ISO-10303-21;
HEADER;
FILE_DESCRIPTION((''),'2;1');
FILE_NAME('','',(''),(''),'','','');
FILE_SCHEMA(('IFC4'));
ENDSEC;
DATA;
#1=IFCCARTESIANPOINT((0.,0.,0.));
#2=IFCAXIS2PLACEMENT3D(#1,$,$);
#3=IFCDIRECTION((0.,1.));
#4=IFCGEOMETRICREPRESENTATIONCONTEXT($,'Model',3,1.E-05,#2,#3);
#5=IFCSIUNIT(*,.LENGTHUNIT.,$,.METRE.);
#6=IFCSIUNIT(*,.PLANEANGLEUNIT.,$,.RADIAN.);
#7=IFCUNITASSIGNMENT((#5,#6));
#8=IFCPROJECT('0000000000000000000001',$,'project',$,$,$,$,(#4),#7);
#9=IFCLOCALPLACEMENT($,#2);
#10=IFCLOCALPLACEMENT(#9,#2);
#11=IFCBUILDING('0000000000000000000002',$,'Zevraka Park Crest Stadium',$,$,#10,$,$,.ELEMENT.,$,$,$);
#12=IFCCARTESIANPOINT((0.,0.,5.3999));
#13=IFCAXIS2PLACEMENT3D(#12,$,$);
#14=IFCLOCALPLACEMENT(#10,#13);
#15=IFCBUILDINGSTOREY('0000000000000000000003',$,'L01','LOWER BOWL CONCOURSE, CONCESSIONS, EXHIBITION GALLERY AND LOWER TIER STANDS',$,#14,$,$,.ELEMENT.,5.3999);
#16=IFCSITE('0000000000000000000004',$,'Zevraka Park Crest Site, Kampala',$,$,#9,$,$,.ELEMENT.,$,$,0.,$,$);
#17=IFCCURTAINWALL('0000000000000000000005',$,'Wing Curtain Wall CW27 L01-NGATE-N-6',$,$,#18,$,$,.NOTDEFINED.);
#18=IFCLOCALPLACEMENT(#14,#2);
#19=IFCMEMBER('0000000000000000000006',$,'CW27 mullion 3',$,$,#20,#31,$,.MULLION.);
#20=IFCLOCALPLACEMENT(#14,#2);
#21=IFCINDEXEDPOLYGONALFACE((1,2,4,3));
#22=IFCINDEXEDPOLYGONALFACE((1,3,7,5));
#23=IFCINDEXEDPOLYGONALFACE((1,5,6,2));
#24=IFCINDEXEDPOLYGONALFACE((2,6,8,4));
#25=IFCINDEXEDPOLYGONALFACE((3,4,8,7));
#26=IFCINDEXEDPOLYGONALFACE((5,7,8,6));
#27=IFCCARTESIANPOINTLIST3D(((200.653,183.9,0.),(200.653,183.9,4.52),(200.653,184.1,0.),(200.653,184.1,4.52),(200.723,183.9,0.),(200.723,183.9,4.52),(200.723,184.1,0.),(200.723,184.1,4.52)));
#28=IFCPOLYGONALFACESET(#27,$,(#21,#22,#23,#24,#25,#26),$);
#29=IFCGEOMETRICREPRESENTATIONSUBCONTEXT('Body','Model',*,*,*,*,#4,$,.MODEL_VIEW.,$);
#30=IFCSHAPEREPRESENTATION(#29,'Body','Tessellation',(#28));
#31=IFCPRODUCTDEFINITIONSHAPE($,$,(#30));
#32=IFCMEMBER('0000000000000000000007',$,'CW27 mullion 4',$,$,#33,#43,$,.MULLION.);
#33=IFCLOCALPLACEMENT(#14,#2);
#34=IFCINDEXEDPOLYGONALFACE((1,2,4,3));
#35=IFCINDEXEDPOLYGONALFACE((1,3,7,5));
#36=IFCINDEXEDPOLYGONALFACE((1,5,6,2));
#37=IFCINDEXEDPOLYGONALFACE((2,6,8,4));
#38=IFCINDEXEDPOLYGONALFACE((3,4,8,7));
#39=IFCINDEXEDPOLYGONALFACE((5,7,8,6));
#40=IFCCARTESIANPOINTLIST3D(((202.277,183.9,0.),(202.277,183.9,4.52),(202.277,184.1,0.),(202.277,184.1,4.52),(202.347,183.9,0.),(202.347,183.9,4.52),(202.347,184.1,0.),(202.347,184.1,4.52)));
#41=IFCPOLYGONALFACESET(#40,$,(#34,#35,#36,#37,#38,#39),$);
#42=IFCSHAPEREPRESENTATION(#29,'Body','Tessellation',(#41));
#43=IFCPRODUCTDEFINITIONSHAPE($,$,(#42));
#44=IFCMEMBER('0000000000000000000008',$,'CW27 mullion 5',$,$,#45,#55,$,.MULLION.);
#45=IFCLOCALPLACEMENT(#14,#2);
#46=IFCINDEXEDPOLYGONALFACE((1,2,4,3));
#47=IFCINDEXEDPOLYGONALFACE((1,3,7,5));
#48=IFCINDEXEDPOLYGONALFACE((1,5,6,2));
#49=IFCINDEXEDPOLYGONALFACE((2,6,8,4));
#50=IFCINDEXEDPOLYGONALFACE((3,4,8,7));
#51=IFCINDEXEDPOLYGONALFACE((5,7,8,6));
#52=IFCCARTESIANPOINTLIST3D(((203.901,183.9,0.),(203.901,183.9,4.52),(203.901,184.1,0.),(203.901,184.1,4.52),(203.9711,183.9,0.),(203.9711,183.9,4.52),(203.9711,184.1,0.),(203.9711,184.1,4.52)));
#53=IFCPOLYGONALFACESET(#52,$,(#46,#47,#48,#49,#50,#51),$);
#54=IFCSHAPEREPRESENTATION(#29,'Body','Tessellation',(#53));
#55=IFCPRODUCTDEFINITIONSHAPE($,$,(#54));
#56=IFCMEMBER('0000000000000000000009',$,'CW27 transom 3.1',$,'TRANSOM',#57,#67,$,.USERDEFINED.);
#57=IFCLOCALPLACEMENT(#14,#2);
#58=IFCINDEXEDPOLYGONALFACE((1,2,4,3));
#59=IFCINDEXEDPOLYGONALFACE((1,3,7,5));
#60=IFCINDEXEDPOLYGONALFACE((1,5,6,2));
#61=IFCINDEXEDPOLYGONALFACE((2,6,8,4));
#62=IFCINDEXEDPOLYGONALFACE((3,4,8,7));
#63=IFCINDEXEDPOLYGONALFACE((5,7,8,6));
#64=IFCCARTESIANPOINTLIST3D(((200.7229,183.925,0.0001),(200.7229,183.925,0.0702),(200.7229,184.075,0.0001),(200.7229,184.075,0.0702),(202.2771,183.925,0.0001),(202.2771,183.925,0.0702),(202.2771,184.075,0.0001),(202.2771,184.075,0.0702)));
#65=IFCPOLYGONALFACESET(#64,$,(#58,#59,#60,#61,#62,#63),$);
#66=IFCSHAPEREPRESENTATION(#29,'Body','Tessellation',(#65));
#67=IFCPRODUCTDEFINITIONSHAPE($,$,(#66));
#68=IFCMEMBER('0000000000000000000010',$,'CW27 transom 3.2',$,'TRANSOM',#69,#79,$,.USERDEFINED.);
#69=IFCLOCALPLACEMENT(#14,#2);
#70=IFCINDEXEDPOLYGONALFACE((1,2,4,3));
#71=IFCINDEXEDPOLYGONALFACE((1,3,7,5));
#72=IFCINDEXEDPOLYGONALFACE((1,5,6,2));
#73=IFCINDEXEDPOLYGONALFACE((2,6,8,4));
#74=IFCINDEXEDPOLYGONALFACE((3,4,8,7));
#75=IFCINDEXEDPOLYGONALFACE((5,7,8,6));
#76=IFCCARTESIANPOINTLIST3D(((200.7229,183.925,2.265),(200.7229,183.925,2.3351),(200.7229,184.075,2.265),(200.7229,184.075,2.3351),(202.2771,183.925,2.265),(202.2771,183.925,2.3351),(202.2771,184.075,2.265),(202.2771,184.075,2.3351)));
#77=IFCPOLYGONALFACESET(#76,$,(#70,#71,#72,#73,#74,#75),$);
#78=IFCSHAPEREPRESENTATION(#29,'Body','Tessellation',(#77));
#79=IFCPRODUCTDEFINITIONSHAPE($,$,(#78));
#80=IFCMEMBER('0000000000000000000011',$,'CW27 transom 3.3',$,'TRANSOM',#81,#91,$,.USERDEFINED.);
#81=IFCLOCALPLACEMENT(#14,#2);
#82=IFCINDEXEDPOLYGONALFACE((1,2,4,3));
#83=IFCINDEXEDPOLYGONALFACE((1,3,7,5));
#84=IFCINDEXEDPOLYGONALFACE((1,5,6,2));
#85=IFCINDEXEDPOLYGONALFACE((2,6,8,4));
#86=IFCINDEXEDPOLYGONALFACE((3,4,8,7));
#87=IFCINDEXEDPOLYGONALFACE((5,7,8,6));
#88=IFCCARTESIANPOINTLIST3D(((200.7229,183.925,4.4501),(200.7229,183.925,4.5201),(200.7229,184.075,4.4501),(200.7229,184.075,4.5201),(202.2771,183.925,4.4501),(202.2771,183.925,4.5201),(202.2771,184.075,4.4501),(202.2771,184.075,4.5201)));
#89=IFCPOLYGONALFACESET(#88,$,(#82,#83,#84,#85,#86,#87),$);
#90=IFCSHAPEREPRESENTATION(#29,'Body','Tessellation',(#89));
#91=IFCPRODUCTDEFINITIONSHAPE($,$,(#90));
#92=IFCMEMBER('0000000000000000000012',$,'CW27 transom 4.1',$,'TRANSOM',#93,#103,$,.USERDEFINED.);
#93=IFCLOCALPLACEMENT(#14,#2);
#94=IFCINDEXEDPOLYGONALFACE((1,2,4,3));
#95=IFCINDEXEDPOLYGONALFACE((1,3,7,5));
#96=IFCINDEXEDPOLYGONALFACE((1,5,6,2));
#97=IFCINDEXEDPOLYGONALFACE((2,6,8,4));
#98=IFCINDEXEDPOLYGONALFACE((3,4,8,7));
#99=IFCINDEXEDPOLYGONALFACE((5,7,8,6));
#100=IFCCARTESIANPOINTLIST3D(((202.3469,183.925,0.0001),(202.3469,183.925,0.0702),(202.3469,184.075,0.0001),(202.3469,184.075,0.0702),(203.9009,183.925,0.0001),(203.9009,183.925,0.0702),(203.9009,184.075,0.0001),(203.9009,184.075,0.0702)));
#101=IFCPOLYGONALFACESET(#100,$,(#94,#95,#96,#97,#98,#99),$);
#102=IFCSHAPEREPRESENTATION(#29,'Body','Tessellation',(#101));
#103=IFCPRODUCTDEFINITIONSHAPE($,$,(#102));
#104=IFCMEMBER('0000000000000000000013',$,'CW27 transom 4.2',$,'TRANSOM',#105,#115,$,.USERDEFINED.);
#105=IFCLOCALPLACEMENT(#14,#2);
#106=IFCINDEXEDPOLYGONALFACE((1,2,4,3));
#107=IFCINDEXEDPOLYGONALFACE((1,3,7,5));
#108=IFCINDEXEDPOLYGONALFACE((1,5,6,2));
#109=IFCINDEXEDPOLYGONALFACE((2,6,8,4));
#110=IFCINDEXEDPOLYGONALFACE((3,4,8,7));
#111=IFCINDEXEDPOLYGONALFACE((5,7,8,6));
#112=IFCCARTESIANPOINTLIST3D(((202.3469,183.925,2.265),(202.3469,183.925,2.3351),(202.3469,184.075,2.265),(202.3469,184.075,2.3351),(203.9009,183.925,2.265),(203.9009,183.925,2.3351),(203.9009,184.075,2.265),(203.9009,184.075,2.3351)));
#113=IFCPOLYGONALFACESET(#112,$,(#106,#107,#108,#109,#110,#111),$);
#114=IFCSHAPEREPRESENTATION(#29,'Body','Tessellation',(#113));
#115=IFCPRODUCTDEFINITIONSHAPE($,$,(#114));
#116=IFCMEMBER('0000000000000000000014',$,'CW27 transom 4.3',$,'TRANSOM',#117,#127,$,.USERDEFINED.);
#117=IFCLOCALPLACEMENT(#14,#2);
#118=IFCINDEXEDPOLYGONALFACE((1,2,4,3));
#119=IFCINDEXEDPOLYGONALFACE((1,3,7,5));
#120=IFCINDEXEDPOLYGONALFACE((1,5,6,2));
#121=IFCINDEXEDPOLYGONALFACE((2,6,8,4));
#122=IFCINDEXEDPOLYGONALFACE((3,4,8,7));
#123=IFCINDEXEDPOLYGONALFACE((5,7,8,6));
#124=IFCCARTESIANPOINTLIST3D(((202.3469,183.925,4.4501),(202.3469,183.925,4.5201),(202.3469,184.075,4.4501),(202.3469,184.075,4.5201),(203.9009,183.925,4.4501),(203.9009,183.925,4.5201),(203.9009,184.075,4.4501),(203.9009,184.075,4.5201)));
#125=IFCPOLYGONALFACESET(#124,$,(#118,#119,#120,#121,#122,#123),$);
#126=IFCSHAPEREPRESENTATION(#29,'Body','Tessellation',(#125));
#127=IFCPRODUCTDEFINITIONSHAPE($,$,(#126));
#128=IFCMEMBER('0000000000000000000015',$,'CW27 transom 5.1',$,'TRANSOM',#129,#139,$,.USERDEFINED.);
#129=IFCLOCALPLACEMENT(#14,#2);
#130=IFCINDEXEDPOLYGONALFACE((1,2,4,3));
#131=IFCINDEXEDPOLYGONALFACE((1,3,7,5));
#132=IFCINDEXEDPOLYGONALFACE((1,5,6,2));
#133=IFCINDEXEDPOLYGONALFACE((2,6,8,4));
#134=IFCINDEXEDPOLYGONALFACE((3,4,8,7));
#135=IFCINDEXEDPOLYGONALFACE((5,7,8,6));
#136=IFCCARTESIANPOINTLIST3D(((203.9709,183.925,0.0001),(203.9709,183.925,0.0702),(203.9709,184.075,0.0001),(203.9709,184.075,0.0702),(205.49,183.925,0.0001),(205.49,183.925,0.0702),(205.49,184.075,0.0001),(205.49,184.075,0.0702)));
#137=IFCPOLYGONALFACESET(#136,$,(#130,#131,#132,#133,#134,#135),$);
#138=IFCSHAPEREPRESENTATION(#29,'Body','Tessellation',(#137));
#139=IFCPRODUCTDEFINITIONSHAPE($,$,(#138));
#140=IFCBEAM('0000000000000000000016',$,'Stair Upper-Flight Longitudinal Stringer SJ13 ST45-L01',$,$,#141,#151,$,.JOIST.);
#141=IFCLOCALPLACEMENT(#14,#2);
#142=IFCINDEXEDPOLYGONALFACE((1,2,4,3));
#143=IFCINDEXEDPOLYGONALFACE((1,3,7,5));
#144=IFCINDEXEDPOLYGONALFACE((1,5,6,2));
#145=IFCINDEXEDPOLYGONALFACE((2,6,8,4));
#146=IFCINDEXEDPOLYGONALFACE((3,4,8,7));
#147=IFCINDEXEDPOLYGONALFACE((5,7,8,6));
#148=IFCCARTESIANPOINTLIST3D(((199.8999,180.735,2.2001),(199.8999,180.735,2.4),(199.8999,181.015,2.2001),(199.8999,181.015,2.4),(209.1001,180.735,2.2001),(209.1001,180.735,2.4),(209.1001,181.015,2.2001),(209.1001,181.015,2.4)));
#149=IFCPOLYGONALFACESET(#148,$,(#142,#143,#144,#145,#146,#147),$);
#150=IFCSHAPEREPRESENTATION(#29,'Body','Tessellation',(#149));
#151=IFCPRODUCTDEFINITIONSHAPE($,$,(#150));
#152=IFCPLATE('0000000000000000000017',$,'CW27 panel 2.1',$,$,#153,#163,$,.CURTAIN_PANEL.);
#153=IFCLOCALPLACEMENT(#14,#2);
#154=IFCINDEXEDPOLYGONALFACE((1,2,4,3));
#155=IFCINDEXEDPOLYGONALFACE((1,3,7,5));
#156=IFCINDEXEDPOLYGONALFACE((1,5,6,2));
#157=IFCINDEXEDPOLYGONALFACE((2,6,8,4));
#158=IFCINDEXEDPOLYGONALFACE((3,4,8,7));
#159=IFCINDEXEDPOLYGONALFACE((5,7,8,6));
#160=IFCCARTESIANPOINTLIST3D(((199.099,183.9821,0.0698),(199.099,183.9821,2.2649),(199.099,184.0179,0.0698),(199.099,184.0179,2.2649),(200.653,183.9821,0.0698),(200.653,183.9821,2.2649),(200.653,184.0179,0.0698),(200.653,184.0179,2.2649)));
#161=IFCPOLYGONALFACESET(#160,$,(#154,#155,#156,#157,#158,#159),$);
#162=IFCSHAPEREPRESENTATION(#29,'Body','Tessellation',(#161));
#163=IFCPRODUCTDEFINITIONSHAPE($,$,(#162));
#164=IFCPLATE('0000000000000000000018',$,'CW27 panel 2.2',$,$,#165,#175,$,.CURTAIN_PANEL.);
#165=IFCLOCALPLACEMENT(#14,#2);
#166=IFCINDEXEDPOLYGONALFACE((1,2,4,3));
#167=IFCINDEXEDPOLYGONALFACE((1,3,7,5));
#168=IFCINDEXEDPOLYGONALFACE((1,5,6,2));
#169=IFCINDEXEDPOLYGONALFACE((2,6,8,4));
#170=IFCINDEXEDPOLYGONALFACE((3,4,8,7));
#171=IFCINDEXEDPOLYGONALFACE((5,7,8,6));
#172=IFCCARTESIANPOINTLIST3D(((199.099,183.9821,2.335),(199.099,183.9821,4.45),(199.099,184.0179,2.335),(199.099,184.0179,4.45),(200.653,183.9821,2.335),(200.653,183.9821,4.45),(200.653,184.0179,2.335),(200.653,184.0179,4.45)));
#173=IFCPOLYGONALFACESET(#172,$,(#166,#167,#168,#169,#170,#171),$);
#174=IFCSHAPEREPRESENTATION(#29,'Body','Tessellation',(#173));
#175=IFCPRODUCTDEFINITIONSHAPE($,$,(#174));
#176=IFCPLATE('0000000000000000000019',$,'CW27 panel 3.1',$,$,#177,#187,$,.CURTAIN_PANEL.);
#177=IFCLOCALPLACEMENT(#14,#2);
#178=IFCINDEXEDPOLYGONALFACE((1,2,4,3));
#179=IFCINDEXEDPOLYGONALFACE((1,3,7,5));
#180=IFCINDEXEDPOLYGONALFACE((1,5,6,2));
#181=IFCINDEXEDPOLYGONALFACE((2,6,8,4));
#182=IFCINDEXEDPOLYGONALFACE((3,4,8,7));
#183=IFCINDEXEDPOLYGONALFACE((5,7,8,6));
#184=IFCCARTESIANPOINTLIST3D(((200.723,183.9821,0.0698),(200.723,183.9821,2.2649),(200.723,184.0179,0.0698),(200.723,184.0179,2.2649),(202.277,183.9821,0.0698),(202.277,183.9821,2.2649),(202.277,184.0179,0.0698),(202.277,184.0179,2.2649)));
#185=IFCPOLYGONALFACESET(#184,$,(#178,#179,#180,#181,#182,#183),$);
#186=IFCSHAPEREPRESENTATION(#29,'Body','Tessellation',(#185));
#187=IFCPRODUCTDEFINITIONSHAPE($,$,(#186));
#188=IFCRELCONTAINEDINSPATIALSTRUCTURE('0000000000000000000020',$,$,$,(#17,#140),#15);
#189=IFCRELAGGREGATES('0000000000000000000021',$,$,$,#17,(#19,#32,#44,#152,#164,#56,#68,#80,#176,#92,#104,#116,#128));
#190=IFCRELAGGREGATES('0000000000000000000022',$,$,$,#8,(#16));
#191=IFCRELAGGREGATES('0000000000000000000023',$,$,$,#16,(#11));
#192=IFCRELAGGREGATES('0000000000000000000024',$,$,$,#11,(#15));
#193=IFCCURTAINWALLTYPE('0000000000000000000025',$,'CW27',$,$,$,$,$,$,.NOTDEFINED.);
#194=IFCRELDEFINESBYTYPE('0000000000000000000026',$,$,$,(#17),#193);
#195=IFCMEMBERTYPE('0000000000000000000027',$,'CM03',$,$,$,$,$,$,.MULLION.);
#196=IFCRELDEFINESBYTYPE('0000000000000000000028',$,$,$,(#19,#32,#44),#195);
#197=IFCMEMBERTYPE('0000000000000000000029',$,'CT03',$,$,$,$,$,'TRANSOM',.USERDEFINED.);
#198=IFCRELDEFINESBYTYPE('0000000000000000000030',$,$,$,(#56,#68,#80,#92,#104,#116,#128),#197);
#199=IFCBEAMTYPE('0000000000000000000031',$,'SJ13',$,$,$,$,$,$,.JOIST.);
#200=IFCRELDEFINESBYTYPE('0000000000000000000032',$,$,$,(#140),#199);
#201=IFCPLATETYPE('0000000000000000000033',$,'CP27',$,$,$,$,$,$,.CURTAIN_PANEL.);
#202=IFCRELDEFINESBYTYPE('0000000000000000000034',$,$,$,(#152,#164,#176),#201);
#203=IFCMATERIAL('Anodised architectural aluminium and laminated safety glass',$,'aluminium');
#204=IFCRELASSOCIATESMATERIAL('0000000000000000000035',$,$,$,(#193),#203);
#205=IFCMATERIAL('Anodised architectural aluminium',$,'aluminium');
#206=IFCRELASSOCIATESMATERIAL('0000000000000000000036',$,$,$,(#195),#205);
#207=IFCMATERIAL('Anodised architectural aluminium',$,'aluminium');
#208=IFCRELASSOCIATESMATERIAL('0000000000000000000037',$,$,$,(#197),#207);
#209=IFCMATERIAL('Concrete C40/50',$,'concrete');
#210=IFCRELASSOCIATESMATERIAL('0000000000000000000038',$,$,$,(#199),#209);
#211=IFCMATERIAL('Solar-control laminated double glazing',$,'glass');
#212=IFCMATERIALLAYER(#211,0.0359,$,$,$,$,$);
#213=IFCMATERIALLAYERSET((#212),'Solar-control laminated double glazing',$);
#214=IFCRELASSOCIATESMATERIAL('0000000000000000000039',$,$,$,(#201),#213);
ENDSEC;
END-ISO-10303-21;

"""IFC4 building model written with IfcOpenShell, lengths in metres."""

from ifc_helpers import new_model, si_unit, direction, frame, origin, origin_2d, place, context, subcontext, project, spatial, rectangle, extrude, material, layer, layer_set, material_profile, profile_set, type_object, element, aggregate, save


model = new_model("IFC4")

# Units and contexts
model_context = context("Model", 3, precision=1e-05, world=origin(), true_north=direction((0.0, 1.0)))
body_context = subcontext(model_context, "Body", "Model", "MODEL_VIEW")
ifc_project = project(units=[si_unit("LENGTHUNIT", "METRE"), si_unit("PLANEANGLEUNIT", "RADIAN")], contexts=[model_context])

# Site, building, storey
site_placement = place(None, origin())
site = spatial("IfcSite", under=ifc_project, at=site_placement, Name="Zevraka Park Crest Site, Kampala", CompositionType="ELEMENT", RefElevation=0.0)
building_placement = place(site_placement, origin())
building = spatial("IfcBuilding", under=site, at=building_placement, Name="Zevraka Park Crest Stadium", CompositionType="ELEMENT")
storey_placement = place(building_placement, frame((0.0, 0.0, 5.3999)))
storey = spatial("IfcBuildingStorey", under=building, at=storey_placement, Name="L01", Description="LOWER BOWL CONCOURSE, CONCESSIONS, EXHIBITION GALLERY AND LOWER TIER STANDS", CompositionType="ELEMENT", Elevation=5.3999)

# Curtain wall, members
ifc_material_1 = material(Name="Anodised architectural aluminium and laminated safety glass", Category="aluminium")
curtain_wall_type = type_object("IfcCurtainWallType", Name="CW27", PredefinedType="NOTDEFINED", material=ifc_material_1)
curtain_wall_placement = place(storey_placement, origin())
curtain_wall = element("IfcCurtainWall", 1, at=curtain_wall_placement, inside=storey, type_object=curtain_wall_type, Name="Wing Curtain Wall CW27 L01-NGATE-N-6", PredefinedType="NOTDEFINED")
ifc_material_2 = material(Name="Anodised architectural aluminium", Category="aluminium")
ifc_material_profile_1 = material_profile(ifc_material_2, rectangle(XDim=0.2, YDim=0.0701, at=origin_2d()), Name="ALU MULLION 200x70")
ifc_profile_set_1 = profile_set([ifc_material_profile_1], Name="Anodised architectural aluminium")
member_type_1 = type_object("IfcMemberType", Name="CM03", PredefinedType="MULLION", material=ifc_profile_set_1)
member_1_placement = place(storey_placement, frame((200.688, 184.0, 0.0), z_axis=(0.0, 0.0, 1.0), x_axis=(0.0, 1.0, 0.0)))
member_1 = element("IfcMember", 2, at=member_1_placement, type_object=member_type_1, Name="CW27 mullion 3", PredefinedType="MULLION", context=body_context, shape_type="SweptSolid", body=[
    extrude(rectangle(XDim=0.2, YDim=0.0701, at=origin_2d()), origin(), (0.0, 0.0, 1.0), 4.52),
])
member_2_placement = place(storey_placement, frame((202.312, 184.0, 0.0), z_axis=(0.0, 0.0, 1.0), x_axis=(0.0, 1.0, 0.0)))
member_2 = element("IfcMember", 3, at=member_2_placement, type_object=member_type_1, Name="CW27 mullion 4", PredefinedType="MULLION", context=body_context, shape_type="SweptSolid", body=[
    extrude(rectangle(XDim=0.2, YDim=0.0701, at=origin_2d()), origin(), (0.0, 0.0, 1.0), 4.52),
])
member_3_placement = place(storey_placement, frame((203.936, 184.0, 0.0), z_axis=(0.0, 0.0, 1.0), x_axis=(0.0, 1.0, 0.0)))
member_3 = element("IfcMember", 4, at=member_3_placement, type_object=member_type_1, Name="CW27 mullion 5", PredefinedType="MULLION", context=body_context, shape_type="SweptSolid", body=[
    extrude(rectangle(XDim=0.2, YDim=0.0701, at=origin_2d()), origin(), (0.0, 0.0, 1.0), 4.52),
])
ifc_material_3 = material(Name="Anodised architectural aluminium", Category="aluminium")
ifc_material_profile_2 = material_profile(ifc_material_3, rectangle(XDim=0.1499, YDim=0.0701, at=origin_2d()), Name="ALU TRANSOM 150x70")
ifc_profile_set_2 = profile_set([ifc_material_profile_2], Name="Anodised architectural aluminium")
member_type_2 = type_object("IfcMemberType", Name="CT03", ElementType="TRANSOM", PredefinedType="USERDEFINED", material=ifc_profile_set_2)
member_4_placement = place(storey_placement, frame((200.7229, 184.0, 0.0352), z_axis=(1.0, 0.0, 0.0), x_axis=(0.0, 1.0, 0.0)))
member_4 = element("IfcMember", 5, at=member_4_placement, type_object=member_type_2, Name="CW27 transom 3.1", ObjectType="TRANSOM", PredefinedType="USERDEFINED", context=body_context, shape_type="SweptSolid", body=[
    extrude(rectangle(XDim=0.1499, YDim=0.0701, at=origin_2d()), origin(), (0.0, 0.0, 1.0), 1.5542),
])
member_5_placement = place(storey_placement, frame((200.7229, 184.0, 2.3), z_axis=(1.0, 0.0, 0.0), x_axis=(0.0, 1.0, 0.0)))
member_5 = element("IfcMember", 6, at=member_5_placement, type_object=member_type_2, Name="CW27 transom 3.2", ObjectType="TRANSOM", PredefinedType="USERDEFINED", context=body_context, shape_type="SweptSolid", body=[
    extrude(rectangle(XDim=0.1499, YDim=0.0701, at=origin_2d()), origin(), (0.0, 0.0, 1.0), 1.5542),
])
member_6_placement = place(storey_placement, frame((200.7229, 184.0, 4.4851), z_axis=(1.0, 0.0, 0.0), x_axis=(0.0, 1.0, 0.0)))
member_6 = element("IfcMember", 7, at=member_6_placement, type_object=member_type_2, Name="CW27 transom 3.3", ObjectType="TRANSOM", PredefinedType="USERDEFINED", context=body_context, shape_type="SweptSolid", body=[
    extrude(rectangle(XDim=0.1499, YDim=0.0701, at=origin_2d()), origin(), (0.0, 0.0, 1.0), 1.5542),
])
member_7_placement = place(storey_placement, frame((202.3469, 184.0, 0.0352), z_axis=(1.0, 0.0, 0.0), x_axis=(0.0, 1.0, 0.0)))
member_7 = element("IfcMember", 8, at=member_7_placement, type_object=member_type_2, Name="CW27 transom 4.1", ObjectType="TRANSOM", PredefinedType="USERDEFINED", context=body_context, shape_type="SweptSolid", body=[
    extrude(rectangle(XDim=0.1499, YDim=0.0701, at=origin_2d()), origin(), (0.0, 0.0, 1.0), 1.554),
])
member_8_placement = place(storey_placement, frame((202.3469, 184.0, 2.3), z_axis=(1.0, 0.0, 0.0), x_axis=(0.0, 1.0, 0.0)))
member_8 = element("IfcMember", 9, at=member_8_placement, type_object=member_type_2, Name="CW27 transom 4.2", ObjectType="TRANSOM", PredefinedType="USERDEFINED", context=body_context, shape_type="SweptSolid", body=[
    extrude(rectangle(XDim=0.1499, YDim=0.0701, at=origin_2d()), origin(), (0.0, 0.0, 1.0), 1.554),
])
member_9_placement = place(storey_placement, frame((202.3469, 184.0, 4.4851), z_axis=(1.0, 0.0, 0.0), x_axis=(0.0, 1.0, 0.0)))
member_9 = element("IfcMember", 10, at=member_9_placement, type_object=member_type_2, Name="CW27 transom 4.3", ObjectType="TRANSOM", PredefinedType="USERDEFINED", context=body_context, shape_type="SweptSolid", body=[
    extrude(rectangle(XDim=0.1499, YDim=0.0701, at=origin_2d()), origin(), (0.0, 0.0, 1.0), 1.554),
])
member_10_placement = place(storey_placement, frame((203.9709, 184.0, 0.0352), z_axis=(1.0, 0.0, 0.0), x_axis=(0.0, 1.0, 0.0)))
member_10 = element("IfcMember", 11, at=member_10_placement, type_object=member_type_2, Name="CW27 transom 5.1", ObjectType="TRANSOM", PredefinedType="USERDEFINED", context=body_context, shape_type="SweptSolid", body=[
    extrude(rectangle(XDim=0.1499, YDim=0.0701, at=origin_2d()), origin(), (0.0, 0.0, 1.0), 1.519),
])

# Beam
ifc_material_4 = material(Name="Concrete C40/50", Category="concrete")
ifc_material_profile_3 = material_profile(ifc_material_4, rectangle(XDim=0.28, YDim=0.2, at=origin_2d()), Name="RC 200x280")
ifc_profile_set_3 = profile_set([ifc_material_profile_3], Name="Concrete C40/50")
beam_type = type_object("IfcBeamType", Name="SJ13", PredefinedType="JOIST", material=ifc_profile_set_3)
beam_placement = place(storey_placement, frame((199.8999, 180.875, 2.3), z_axis=(1.0, 0.0, 0.0), x_axis=(0.0, 1.0, 0.0)))
element("IfcBeam", 12, at=beam_placement, inside=storey, type_object=beam_type, Name="Stair Upper-Flight Longitudinal Stringer SJ13 ST45-L01", PredefinedType="JOIST", context=body_context, shape_type="SweptSolid", body=[
    extrude(rectangle(XDim=0.28, YDim=0.2, at=origin_2d()), origin(), (0.0, 0.0, 1.0), 9.2002),
])

# Plates
ifc_material_5 = material(Name="Solar-control laminated double glazing", Category="glass")
ifc_layer_1 = layer(ifc_material_5, 0.0359)
ifc_layer_set_1 = layer_set([ifc_layer_1], Name="Solar-control laminated double glazing")
plate_type = type_object("IfcPlateType", Name="CP27", PredefinedType="CURTAIN_PANEL", material=ifc_layer_set_1)
plate_1_placement = place(storey_placement, frame((199.876, 184.0, 0.0698), z_axis=(0.0, 0.0, 1.0), x_axis=(1.0, 0.0, 0.0)))
plate_1 = element("IfcPlate", 13, at=plate_1_placement, type_object=plate_type, Name="CW27 panel 2.1", PredefinedType="CURTAIN_PANEL", context=body_context, shape_type="SweptSolid", body=[
    extrude(rectangle(XDim=1.554, YDim=0.0359, at=origin_2d()), origin(), (0.0, 0.0, 1.0), 2.1951),
])
plate_2_placement = place(storey_placement, frame((199.876, 184.0, 2.335), z_axis=(0.0, 0.0, 1.0), x_axis=(1.0, 0.0, 0.0)))
plate_2 = element("IfcPlate", 14, at=plate_2_placement, type_object=plate_type, Name="CW27 panel 2.2", PredefinedType="CURTAIN_PANEL", context=body_context, shape_type="SweptSolid", body=[
    extrude(rectangle(XDim=1.554, YDim=0.0359, at=origin_2d()), origin(), (0.0, 0.0, 1.0), 2.115),
])
plate_3_placement = place(storey_placement, frame((201.5, 184.0, 0.0698), z_axis=(0.0, 0.0, 1.0), x_axis=(1.0, 0.0, 0.0)))
plate_3 = element("IfcPlate", 15, at=plate_3_placement, type_object=plate_type, Name="CW27 panel 3.1", PredefinedType="CURTAIN_PANEL", context=body_context, shape_type="SweptSolid", body=[
    extrude(rectangle(XDim=1.554, YDim=0.0359, at=origin_2d()), origin(), (0.0, 0.0, 1.0), 2.1951),
])
aggregate(curtain_wall, [member_1, member_2, member_3, plate_1, plate_2, member_4, member_5, member_6, plate_3, member_7, member_8, member_9, member_10])

save(model, "model.ifc")
